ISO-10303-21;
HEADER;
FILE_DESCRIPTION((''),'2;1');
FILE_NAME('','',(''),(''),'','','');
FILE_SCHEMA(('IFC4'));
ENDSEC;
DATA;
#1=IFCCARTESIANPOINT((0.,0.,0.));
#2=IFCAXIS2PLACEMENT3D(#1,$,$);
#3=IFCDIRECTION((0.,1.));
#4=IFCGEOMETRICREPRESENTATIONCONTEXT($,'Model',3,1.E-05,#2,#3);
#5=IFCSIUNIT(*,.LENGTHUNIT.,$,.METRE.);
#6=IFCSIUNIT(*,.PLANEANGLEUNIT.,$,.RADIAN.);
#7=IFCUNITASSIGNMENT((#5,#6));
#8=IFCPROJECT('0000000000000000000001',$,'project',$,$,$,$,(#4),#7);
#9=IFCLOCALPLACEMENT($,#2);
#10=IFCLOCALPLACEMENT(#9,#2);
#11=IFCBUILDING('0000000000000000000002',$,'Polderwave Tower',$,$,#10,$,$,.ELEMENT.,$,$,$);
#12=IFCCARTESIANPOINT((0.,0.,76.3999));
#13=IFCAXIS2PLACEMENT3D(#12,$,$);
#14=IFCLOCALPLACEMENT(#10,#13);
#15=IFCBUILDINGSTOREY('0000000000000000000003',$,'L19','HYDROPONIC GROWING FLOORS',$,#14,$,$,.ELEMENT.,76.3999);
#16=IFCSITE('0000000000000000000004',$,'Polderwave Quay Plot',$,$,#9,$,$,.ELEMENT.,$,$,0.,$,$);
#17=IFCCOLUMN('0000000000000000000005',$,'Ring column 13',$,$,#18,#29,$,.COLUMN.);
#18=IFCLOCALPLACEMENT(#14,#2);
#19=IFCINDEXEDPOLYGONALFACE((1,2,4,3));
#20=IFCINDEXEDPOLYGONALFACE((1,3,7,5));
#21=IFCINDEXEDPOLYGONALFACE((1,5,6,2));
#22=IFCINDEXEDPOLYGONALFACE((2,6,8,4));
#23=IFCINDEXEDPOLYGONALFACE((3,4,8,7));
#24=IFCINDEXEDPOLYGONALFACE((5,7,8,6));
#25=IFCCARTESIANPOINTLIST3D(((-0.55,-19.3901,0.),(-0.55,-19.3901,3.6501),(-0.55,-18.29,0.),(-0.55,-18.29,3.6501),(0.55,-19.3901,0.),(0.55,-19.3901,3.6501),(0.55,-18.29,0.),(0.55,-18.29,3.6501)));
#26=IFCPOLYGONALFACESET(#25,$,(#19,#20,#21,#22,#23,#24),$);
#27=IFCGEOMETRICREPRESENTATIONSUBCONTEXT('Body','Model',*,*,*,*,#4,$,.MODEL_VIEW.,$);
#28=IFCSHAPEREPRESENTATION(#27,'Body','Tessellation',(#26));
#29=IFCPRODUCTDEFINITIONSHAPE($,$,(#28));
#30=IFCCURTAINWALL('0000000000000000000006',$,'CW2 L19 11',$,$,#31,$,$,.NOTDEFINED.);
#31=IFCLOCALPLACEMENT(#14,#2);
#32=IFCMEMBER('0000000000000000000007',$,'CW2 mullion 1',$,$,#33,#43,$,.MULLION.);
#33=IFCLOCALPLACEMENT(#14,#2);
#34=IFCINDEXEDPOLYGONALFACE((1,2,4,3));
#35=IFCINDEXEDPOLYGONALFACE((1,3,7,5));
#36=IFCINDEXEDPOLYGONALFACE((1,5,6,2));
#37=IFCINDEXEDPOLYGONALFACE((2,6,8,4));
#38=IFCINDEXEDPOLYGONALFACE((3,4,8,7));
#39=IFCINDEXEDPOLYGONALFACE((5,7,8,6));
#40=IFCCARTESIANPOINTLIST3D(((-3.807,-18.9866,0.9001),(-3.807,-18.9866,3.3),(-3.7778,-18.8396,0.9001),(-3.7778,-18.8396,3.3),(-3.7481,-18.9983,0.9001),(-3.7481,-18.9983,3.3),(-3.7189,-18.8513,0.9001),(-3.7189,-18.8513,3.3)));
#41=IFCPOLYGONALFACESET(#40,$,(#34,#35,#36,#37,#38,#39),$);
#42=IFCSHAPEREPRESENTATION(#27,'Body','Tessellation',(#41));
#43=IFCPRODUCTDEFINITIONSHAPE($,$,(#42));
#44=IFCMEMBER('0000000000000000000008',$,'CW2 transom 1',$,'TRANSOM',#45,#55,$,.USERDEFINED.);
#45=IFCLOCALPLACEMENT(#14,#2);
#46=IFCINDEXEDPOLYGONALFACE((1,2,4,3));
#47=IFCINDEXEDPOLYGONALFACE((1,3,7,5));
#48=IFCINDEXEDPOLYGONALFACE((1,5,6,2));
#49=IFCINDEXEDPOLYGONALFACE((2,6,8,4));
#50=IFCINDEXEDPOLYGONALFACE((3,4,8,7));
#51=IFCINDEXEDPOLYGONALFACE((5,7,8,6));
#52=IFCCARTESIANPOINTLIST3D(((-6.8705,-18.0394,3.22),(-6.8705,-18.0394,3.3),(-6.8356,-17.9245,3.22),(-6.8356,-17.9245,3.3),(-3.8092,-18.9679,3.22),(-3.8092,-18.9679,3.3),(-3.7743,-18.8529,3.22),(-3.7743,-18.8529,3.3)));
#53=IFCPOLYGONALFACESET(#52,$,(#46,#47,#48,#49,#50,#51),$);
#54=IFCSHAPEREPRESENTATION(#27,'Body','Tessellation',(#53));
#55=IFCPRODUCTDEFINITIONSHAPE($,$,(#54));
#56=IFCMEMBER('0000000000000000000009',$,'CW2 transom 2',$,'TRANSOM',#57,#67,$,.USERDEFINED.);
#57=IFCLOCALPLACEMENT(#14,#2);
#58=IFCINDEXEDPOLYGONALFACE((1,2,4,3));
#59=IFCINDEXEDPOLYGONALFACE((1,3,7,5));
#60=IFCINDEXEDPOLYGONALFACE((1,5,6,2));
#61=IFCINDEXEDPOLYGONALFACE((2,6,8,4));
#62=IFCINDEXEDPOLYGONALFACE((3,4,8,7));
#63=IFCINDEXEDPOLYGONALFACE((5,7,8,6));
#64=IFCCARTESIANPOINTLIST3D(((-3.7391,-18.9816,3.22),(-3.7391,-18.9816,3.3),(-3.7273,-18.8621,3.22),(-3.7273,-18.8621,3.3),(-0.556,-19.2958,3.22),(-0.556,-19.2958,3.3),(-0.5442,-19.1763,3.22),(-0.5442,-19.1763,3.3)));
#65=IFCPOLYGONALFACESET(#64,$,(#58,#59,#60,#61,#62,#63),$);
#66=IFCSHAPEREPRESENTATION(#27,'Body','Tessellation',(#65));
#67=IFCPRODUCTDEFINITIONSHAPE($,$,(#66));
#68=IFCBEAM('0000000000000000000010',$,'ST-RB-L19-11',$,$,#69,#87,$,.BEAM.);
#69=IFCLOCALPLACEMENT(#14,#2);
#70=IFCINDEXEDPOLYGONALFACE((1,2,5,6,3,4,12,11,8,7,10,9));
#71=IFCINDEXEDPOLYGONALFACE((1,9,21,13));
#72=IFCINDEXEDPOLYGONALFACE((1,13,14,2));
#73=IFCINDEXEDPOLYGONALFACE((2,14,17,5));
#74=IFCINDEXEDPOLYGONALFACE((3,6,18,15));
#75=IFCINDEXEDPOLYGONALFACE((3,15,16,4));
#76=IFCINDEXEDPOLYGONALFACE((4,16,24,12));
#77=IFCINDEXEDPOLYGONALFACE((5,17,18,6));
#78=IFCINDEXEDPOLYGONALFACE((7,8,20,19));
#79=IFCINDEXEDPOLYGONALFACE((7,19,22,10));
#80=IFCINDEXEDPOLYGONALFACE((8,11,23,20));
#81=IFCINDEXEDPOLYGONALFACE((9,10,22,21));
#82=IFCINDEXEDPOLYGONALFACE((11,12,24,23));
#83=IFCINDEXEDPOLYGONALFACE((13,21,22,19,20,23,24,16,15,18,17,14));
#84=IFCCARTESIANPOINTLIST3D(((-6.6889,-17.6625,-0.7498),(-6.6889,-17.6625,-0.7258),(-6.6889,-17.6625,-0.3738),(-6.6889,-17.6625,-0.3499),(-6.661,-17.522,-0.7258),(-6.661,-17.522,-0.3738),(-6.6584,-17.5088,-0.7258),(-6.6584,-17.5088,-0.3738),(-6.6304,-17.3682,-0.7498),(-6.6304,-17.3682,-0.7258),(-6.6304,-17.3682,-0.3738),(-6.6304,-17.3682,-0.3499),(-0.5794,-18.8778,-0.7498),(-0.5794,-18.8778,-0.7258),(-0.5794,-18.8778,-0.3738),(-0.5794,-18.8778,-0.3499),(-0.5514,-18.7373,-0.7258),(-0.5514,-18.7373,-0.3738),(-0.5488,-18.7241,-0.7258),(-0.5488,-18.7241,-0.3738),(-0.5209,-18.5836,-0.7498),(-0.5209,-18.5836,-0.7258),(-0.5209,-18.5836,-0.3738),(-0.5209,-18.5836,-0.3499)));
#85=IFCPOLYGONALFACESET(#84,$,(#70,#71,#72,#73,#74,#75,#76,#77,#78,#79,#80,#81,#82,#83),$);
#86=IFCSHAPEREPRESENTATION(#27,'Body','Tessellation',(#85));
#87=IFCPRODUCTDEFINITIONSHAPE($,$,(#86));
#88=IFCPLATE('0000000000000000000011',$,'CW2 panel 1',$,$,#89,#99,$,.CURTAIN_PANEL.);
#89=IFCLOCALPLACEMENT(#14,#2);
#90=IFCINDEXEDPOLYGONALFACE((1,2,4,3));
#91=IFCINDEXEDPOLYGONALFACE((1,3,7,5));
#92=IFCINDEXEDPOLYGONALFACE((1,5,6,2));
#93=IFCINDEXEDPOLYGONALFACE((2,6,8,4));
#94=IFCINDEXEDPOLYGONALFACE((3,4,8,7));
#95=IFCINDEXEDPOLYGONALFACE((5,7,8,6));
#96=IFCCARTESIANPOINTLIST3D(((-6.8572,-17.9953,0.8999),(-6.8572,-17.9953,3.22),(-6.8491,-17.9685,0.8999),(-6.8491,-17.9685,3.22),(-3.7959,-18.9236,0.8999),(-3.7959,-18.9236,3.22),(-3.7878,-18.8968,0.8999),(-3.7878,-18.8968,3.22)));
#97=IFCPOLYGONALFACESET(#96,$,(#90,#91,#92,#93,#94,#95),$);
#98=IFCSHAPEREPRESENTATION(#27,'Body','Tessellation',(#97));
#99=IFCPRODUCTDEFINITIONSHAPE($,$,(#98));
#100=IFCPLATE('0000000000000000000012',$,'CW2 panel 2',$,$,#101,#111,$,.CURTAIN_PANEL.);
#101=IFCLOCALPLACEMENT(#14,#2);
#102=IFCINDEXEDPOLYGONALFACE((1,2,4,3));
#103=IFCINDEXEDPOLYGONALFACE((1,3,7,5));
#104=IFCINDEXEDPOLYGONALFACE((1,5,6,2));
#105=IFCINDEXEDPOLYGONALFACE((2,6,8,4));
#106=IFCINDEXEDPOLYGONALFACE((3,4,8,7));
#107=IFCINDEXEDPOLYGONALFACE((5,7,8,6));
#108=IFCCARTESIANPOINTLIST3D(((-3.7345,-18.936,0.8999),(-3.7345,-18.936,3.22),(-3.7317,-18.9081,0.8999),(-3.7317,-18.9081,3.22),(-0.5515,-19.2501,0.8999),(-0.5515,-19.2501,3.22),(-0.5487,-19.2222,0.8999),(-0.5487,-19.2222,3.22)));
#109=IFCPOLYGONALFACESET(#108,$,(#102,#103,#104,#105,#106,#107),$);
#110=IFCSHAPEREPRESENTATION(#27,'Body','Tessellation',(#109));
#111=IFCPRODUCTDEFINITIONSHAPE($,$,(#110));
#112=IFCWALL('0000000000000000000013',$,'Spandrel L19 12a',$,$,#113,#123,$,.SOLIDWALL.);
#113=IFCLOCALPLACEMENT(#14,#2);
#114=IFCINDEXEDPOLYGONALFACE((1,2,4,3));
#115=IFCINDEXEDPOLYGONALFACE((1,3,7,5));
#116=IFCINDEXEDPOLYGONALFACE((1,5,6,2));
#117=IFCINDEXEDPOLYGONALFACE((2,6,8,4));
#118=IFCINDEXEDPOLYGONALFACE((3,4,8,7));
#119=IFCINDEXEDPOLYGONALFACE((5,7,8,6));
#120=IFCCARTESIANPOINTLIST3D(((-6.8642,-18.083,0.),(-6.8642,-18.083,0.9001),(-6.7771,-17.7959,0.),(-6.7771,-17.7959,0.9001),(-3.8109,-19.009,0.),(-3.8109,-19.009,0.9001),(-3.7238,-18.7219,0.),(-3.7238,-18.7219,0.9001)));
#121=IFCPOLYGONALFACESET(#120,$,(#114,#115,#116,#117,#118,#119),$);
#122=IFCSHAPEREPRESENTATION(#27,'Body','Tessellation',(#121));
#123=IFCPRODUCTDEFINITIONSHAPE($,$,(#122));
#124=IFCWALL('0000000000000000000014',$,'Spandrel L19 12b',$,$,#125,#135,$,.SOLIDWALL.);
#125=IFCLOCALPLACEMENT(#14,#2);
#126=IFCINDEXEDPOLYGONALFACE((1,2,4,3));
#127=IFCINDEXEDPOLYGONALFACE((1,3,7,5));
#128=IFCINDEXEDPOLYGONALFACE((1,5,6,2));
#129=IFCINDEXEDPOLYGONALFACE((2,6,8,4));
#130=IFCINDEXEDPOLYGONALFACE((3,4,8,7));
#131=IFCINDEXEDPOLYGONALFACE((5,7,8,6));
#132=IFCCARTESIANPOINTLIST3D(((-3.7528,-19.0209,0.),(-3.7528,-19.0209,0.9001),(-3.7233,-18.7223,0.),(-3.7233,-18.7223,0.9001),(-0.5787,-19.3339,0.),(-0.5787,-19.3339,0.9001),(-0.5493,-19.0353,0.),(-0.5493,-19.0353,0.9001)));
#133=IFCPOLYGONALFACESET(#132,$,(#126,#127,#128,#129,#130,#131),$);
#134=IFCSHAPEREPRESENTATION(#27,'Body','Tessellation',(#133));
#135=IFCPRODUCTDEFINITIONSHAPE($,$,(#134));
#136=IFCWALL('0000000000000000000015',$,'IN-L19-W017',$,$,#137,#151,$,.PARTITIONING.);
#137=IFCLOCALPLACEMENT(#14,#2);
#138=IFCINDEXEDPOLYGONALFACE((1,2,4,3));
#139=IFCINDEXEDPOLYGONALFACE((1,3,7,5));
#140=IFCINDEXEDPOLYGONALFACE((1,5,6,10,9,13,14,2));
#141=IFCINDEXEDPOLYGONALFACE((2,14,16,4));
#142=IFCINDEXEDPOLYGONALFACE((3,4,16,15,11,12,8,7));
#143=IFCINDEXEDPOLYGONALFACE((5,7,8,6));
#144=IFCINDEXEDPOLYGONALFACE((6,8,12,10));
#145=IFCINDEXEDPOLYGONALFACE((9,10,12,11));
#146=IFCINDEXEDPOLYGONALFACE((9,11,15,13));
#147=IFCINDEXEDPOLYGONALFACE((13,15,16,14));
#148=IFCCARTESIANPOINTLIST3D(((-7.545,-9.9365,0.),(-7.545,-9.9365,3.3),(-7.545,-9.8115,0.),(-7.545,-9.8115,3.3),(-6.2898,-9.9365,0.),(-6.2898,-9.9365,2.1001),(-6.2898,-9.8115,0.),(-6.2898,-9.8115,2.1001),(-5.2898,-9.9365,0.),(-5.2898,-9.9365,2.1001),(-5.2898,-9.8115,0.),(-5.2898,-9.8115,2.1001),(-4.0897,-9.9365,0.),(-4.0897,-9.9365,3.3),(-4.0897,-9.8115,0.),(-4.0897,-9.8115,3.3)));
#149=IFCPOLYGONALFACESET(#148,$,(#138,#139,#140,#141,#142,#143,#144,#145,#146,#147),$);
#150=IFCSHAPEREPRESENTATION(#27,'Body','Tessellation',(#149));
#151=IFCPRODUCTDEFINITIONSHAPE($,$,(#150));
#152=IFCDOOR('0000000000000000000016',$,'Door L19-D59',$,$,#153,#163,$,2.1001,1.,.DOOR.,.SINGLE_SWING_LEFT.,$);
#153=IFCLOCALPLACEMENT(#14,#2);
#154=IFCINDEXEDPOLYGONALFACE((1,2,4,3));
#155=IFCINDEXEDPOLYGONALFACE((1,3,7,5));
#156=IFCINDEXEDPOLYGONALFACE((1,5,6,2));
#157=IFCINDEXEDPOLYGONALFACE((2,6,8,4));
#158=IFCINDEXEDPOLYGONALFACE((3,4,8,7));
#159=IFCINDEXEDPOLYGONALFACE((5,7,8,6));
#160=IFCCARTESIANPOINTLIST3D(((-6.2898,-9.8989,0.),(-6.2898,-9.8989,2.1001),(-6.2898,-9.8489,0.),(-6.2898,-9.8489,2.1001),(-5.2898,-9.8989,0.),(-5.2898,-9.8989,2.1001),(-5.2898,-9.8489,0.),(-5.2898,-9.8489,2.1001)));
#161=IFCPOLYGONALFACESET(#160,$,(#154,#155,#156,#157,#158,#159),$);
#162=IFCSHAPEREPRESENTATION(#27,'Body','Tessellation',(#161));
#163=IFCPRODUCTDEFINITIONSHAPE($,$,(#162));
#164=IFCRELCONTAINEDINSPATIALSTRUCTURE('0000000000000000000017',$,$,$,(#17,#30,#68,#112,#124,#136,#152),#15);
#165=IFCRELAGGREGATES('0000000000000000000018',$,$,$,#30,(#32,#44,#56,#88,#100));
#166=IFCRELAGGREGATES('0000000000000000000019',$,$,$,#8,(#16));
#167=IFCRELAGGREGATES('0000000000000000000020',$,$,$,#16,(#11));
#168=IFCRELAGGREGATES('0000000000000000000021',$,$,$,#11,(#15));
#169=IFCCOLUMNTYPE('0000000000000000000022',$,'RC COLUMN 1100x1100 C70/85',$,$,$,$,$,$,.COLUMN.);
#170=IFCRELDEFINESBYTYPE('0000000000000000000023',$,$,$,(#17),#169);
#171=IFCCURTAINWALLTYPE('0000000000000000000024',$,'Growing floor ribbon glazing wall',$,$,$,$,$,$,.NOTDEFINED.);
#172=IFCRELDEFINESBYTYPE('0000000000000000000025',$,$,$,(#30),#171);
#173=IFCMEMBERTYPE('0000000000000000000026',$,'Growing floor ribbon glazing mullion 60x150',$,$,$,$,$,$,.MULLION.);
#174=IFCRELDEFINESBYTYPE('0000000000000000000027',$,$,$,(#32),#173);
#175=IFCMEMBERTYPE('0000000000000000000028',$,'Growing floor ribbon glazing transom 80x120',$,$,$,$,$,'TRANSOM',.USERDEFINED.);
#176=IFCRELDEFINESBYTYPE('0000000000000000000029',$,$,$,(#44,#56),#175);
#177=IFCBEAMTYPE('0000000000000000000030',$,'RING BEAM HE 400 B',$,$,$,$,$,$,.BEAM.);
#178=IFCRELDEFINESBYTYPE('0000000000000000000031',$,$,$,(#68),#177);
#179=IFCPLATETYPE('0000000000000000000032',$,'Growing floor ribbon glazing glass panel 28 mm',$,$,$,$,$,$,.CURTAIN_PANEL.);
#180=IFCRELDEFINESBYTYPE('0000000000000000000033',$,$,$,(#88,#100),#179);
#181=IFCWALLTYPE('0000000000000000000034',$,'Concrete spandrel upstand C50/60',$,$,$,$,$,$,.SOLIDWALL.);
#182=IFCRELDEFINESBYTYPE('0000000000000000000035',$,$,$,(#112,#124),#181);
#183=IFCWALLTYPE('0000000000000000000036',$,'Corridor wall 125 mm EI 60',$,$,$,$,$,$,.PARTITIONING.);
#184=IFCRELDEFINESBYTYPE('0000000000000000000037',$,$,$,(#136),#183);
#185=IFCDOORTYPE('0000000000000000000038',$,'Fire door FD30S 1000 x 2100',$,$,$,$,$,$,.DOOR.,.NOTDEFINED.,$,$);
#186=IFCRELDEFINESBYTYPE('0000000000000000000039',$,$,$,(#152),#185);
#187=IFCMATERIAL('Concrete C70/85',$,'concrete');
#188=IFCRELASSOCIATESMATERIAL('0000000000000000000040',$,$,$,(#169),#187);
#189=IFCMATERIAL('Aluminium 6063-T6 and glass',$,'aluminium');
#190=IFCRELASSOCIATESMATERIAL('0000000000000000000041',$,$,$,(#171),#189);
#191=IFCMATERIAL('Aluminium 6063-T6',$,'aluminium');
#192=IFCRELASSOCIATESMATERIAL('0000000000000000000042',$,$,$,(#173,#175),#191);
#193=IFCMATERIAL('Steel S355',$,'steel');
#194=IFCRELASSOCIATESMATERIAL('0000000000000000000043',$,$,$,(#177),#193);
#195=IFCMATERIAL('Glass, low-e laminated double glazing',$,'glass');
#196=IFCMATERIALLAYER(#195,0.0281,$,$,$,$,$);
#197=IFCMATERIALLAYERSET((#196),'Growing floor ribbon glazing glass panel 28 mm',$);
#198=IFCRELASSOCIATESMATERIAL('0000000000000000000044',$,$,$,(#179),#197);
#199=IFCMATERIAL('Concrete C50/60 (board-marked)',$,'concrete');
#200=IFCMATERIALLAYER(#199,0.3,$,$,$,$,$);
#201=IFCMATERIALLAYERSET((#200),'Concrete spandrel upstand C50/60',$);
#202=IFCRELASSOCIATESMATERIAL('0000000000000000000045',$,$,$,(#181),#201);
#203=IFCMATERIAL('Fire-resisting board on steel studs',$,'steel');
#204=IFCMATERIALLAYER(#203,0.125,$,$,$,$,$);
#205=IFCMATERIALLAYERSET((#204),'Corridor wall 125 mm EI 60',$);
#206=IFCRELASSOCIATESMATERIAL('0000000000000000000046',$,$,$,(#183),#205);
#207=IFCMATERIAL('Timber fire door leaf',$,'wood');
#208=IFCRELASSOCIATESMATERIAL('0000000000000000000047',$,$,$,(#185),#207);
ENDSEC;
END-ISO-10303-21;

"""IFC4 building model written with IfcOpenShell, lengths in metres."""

from ifc_helpers import new_model, si_unit, direction, frame, frame_2d, origin, origin_2d, place, context, subcontext, project, spatial, rectangle, i_section, extrude, material, layer, layer_set, material_profile, profile_set, type_object, element, fill, aggregate, save


model = new_model("IFC4")

# Units and contexts
model_context = context("Model", 3, precision=1e-05, world=origin(), true_north=direction((0.0, 1.0)))
body_context = subcontext(model_context, "Body", "Model", "MODEL_VIEW")
ifc_project = project(units=[si_unit("LENGTHUNIT", "METRE"), si_unit("PLANEANGLEUNIT", "RADIAN")], contexts=[model_context])

# Site, building, storey
site_placement = place(None, origin())
site = spatial("IfcSite", under=ifc_project, at=site_placement, Name="Polderwave Quay Plot", CompositionType="ELEMENT", RefElevation=0.0)
building_placement = place(site_placement, origin())
building = spatial("IfcBuilding", under=site, at=building_placement, Name="Polderwave Tower", CompositionType="ELEMENT")
storey_placement = place(building_placement, frame((0.0, 0.0, 76.3999)))
storey = spatial("IfcBuildingStorey", under=building, at=storey_placement, Name="L19", Description="HYDROPONIC GROWING FLOORS", CompositionType="ELEMENT", Elevation=76.3999)

# Column
ifc_material_1 = material(Name="Concrete C70/85", Category="concrete")
ifc_material_profile_1 = material_profile(ifc_material_1, rectangle(XDim=1.1001, YDim=1.1001, at=origin_2d()), Name="RC 1100x1100")
ifc_profile_set_1 = profile_set([ifc_material_profile_1], Name="Concrete C70/85")
column_type = type_object("IfcColumnType", Name="RC COLUMN 1100x1100 C70/85", PredefinedType="COLUMN", material=ifc_profile_set_1)
column_placement = place(storey_placement, frame((0.0, -18.8401, 0.0), z_axis=(0.0, 0.0, 1.0), x_axis=(0.0, -1.0, 0.0)))
element("IfcColumn", 1, at=column_placement, inside=storey, type_object=column_type, Name="Ring column 13", PredefinedType="COLUMN", context=body_context, shape_type="SweptSolid", body=[
    extrude(rectangle(XDim=1.1001, YDim=1.1001, at=origin_2d()), origin(), (0.0, 0.0, 1.0), 3.6501),
])

# Curtain wall, members
ifc_material_2 = material(Name="Aluminium 6063-T6 and glass", Category="aluminium")
curtain_wall_type = type_object("IfcCurtainWallType", Name="Growing floor ribbon glazing wall", PredefinedType="NOTDEFINED", material=ifc_material_2)
curtain_wall_placement = place(storey_placement, origin())
curtain_wall = element("IfcCurtainWall", 2, at=curtain_wall_placement, inside=storey, type_object=curtain_wall_type, Name="CW2 L19 11", PredefinedType="NOTDEFINED")
ifc_material_3 = material(Name="Aluminium 6063-T6", Category="aluminium")
ifc_material_profile_2 = material_profile(ifc_material_3, rectangle(XDim=0.1499, YDim=0.0601, at=origin_2d()), Name="AL 60x150")
ifc_profile_set_2 = profile_set([ifc_material_profile_2], Name="Aluminium 6063-T6")
member_type_1 = type_object("IfcMemberType", Name="Growing floor ribbon glazing mullion 60x150", PredefinedType="MULLION", material=ifc_profile_set_2)
member_1_placement = place(storey_placement, frame((-3.7629, -18.9189, 0.9001), z_axis=(0.0, 0.0, 1.0), x_axis=(0.195123, 0.980779, 0.0)))
member_1 = element("IfcMember", 3, at=member_1_placement, type_object=member_type_1, Name="CW2 mullion 1", PredefinedType="MULLION", context=body_context, shape_type="SweptSolid", body=[
    extrude(rectangle(XDim=0.1499, YDim=0.0601, at=origin_2d()), origin(), (0.0, 0.0, 1.0), 2.3999),
])
ifc_material_profile_3 = material_profile(ifc_material_3, rectangle(XDim=0.1201, YDim=0.0801, at=origin_2d()), Name="AL 80x120")
ifc_profile_set_3 = profile_set([ifc_material_profile_3], Name="Aluminium 6063-T6")
member_type_2 = type_object("IfcMemberType", Name="Growing floor ribbon glazing transom 80x120", ElementType="TRANSOM", PredefinedType="USERDEFINED", material=ifc_profile_set_3)
member_2_placement = place(storey_placement, frame((-6.853, -17.9819, 3.26), z_axis=(0.956954, -0.290238, 0.0), x_axis=(0.290238, 0.956954, 0.0)))
member_2 = element("IfcMember", 4, at=member_2_placement, type_object=member_type_2, Name="CW2 transom 1", ObjectType="TRANSOM", PredefinedType="USERDEFINED", context=body_context, shape_type="SweptSolid", body=[
    extrude(rectangle(XDim=0.1201, YDim=0.0801, at=origin_2d()), origin(), (0.0, 0.0, 1.0), 3.199),
])
member_3_placement = place(storey_placement, frame((-3.7332, -18.9219, 3.26), z_axis=(0.995163, -0.098234, 0.0), x_axis=(0.098234, 0.995163, 0.0)))
member_3 = element("IfcMember", 5, at=member_3_placement, type_object=member_type_2, Name="CW2 transom 2", ObjectType="TRANSOM", PredefinedType="USERDEFINED", context=body_context, shape_type="SweptSolid", body=[
    extrude(rectangle(XDim=0.1201, YDim=0.0801, at=origin_2d()), origin(), (0.0, 0.0, 1.0), 3.1985),
])

# Beam
ifc_material_4 = material(Name="Steel S355", Category="steel")
ifc_material_profile_4 = material_profile(ifc_material_4, i_section(OverallWidth=0.3, OverallDepth=0.3999, WebThickness=0.0134, FlangeThickness=0.0239, at=origin_2d()), Name="HE 400 B")
ifc_profile_set_4 = profile_set([ifc_material_profile_4], Name="Steel S355")
beam_type = type_object("IfcBeamType", Name="RING BEAM HE 400 B", PredefinedType="BEAM", material=ifc_profile_set_4)
beam_placement = place(storey_placement, frame((-6.6597, -17.5154, -0.5498), z_axis=(0.980784, -0.195099, 0.0), x_axis=(0.195099, 0.980784, 0.0)))
element("IfcBeam", 6, at=beam_placement, inside=storey, type_object=beam_type, Name="ST-RB-L19-11", PredefinedType="BEAM", context=body_context, shape_type="SweptSolid", body=[
    extrude(i_section(OverallWidth=0.3, OverallDepth=0.3999, WebThickness=0.0134, FlangeThickness=0.0239, at=origin_2d()), origin(), (0.0, 0.0, 1.0), 6.2292),
])

# Plates
ifc_material_5 = material(Name="Glass, low-e laminated double glazing", Category="glass")
ifc_layer_1 = layer(ifc_material_5, 0.0281)
ifc_layer_set_1 = layer_set([ifc_layer_1], Name="Growing floor ribbon glazing glass panel 28 mm")
plate_type = type_object("IfcPlateType", Name="Growing floor ribbon glazing glass panel 28 mm", PredefinedType="CURTAIN_PANEL", material=ifc_layer_set_1)
plate_1_placement = place(storey_placement, frame((-5.3225, -18.446, 0.8999), z_axis=(0.0, 0.0, 1.0), x_axis=(0.95697, -0.290188, 0.0)))
plate_1 = element("IfcPlate", 7, at=plate_1_placement, type_object=plate_type, Name="CW2 panel 1", PredefinedType="CURTAIN_PANEL", context=body_context, shape_type="SweptSolid", body=[
    extrude(rectangle(XDim=3.199, YDim=0.0281, at=origin_2d()), origin(), (0.0, 0.0, 1.0), 2.3201),
])
plate_2_placement = place(storey_placement, frame((-2.1416, -19.0791, 0.8999), z_axis=(0.0, 0.0, 1.0), x_axis=(0.995168, -0.098186, 0.0)))
plate_2 = element("IfcPlate", 8, at=plate_2_placement, type_object=plate_type, Name="CW2 panel 2", PredefinedType="CURTAIN_PANEL", context=body_context, shape_type="SweptSolid", body=[
    extrude(rectangle(XDim=3.1985, YDim=0.0281, at=origin_2d()), origin(), (0.0, 0.0, 1.0), 2.3201),
])
aggregate(curtain_wall, [member_1, member_2, member_3, plate_1, plate_2])

# Walls
ifc_material_6 = material(Name="Concrete C50/60 (board-marked)", Category="concrete")
ifc_layer_2 = layer(ifc_material_6, 0.3)
ifc_layer_set_2 = layer_set([ifc_layer_2], Name="Concrete spandrel upstand C50/60")
wall_type_1 = type_object("IfcWallType", Name="Concrete spandrel upstand C50/60", PredefinedType="SOLIDWALL", material=ifc_layer_set_2)
wall_1_placement = place(storey_placement, frame((-6.8206, -17.9395, 0.0), z_axis=(0.0, 0.0, 1.0), x_axis=(0.956954, -0.290239, 0.0)))
element("IfcWall", 9, at=wall_1_placement, inside=storey, type_object=wall_type_1, Name="Spandrel L19 12a", PredefinedType="SOLIDWALL", context=body_context, shape_type="SweptSolid", body=[
    extrude(rectangle(XDim=3.1907, YDim=0.3, at=frame_2d((1.5952, 0.0))), origin(), (0.0, 0.0, 1.0), 0.9001),
])
wall_2_placement = place(storey_placement, frame((-3.738, -18.8716, 0.0), z_axis=(0.0, 0.0, 1.0), x_axis=(0.995173, -0.098132, 0.0)))
element("IfcWall", 10, at=wall_2_placement, inside=storey, type_object=wall_type_1, Name="Spandrel L19 12b", PredefinedType="SOLIDWALL", context=body_context, shape_type="SweptSolid", body=[
    extrude(rectangle(XDim=3.1895, YDim=0.3, at=frame_2d((1.5947, 0.0))), origin(), (0.0, 0.0, 1.0), 0.9001),
])

# Wall, opening, door
ifc_material_7 = material(Name="Fire-resisting board on steel studs", Category="steel")
ifc_layer_3 = layer(ifc_material_7, 0.125)
ifc_layer_set_3 = layer_set([ifc_layer_3], Name="Corridor wall 125 mm EI 60")
wall_type_2 = type_object("IfcWallType", Name="Corridor wall 125 mm EI 60", PredefinedType="PARTITIONING", material=ifc_layer_set_3)
wall_3_placement = place(storey_placement, frame((-4.0898, -9.874, 0.0), z_axis=(0.0, 0.0, 1.0), x_axis=(-1.0, 0.0, 0.0)))
wall_3 = element("IfcWall", 11, at=wall_3_placement, inside=storey, type_object=wall_type_2, Name="IN-L19-W017", PredefinedType="PARTITIONING", context=body_context, shape_type="SweptSolid", body=[
    extrude(rectangle(XDim=3.4553, YDim=0.125, at=frame_2d((1.7275, 0.0))), origin(), (0.0, 0.0, 1.0), 3.3),
])
opening_1_placement = place(wall_3_placement, frame((1.2, 0.0, 0.0)))
opening_1 = element("IfcOpeningElement", 12, at=opening_1_placement, cuts=wall_3, PredefinedType="OPENING", context=body_context, shape_type="SweptSolid", body=[
    extrude(rectangle(XDim=1.0, YDim=2.1001, at=frame_2d((0.5, 1.05))), frame((0.0, 0.0725, 0.0), z_axis=(0.0, -1.0, 0.0), x_axis=(1.0, 0.0, 0.0)), (0.0, 0.0, 1.0), 0.145),
])
ifc_material_8 = material(Name="Timber fire door leaf", Category="wood")
door_type_1 = type_object("IfcDoorType", Name="Fire door FD30S 1000 x 2100", OperationType="NOTDEFINED", PredefinedType="DOOR", material=ifc_material_8)
door_1_placement = place(opening_1_placement, origin())
door_1 = element("IfcDoor", 13, at=door_1_placement, inside=storey, type_object=door_type_1, Name="Door L19-D59", OperationType="SINGLE_SWING_LEFT", OverallHeight=2.1001, OverallWidth=1.0, PredefinedType="DOOR", context=body_context, shape_type="SweptSolid", body=[
    extrude(rectangle(XDim=1.0, YDim=2.1001, at=frame_2d((0.5, 1.05))), frame((0.0, 0.0249, 0.0), z_axis=(0.0, -1.0, 0.0), x_axis=(1.0, 0.0, 0.0)), (0.0, 0.0, 1.0), 0.05),
])
fill(opening_1, door_1)

save(model, "model.ifc")
